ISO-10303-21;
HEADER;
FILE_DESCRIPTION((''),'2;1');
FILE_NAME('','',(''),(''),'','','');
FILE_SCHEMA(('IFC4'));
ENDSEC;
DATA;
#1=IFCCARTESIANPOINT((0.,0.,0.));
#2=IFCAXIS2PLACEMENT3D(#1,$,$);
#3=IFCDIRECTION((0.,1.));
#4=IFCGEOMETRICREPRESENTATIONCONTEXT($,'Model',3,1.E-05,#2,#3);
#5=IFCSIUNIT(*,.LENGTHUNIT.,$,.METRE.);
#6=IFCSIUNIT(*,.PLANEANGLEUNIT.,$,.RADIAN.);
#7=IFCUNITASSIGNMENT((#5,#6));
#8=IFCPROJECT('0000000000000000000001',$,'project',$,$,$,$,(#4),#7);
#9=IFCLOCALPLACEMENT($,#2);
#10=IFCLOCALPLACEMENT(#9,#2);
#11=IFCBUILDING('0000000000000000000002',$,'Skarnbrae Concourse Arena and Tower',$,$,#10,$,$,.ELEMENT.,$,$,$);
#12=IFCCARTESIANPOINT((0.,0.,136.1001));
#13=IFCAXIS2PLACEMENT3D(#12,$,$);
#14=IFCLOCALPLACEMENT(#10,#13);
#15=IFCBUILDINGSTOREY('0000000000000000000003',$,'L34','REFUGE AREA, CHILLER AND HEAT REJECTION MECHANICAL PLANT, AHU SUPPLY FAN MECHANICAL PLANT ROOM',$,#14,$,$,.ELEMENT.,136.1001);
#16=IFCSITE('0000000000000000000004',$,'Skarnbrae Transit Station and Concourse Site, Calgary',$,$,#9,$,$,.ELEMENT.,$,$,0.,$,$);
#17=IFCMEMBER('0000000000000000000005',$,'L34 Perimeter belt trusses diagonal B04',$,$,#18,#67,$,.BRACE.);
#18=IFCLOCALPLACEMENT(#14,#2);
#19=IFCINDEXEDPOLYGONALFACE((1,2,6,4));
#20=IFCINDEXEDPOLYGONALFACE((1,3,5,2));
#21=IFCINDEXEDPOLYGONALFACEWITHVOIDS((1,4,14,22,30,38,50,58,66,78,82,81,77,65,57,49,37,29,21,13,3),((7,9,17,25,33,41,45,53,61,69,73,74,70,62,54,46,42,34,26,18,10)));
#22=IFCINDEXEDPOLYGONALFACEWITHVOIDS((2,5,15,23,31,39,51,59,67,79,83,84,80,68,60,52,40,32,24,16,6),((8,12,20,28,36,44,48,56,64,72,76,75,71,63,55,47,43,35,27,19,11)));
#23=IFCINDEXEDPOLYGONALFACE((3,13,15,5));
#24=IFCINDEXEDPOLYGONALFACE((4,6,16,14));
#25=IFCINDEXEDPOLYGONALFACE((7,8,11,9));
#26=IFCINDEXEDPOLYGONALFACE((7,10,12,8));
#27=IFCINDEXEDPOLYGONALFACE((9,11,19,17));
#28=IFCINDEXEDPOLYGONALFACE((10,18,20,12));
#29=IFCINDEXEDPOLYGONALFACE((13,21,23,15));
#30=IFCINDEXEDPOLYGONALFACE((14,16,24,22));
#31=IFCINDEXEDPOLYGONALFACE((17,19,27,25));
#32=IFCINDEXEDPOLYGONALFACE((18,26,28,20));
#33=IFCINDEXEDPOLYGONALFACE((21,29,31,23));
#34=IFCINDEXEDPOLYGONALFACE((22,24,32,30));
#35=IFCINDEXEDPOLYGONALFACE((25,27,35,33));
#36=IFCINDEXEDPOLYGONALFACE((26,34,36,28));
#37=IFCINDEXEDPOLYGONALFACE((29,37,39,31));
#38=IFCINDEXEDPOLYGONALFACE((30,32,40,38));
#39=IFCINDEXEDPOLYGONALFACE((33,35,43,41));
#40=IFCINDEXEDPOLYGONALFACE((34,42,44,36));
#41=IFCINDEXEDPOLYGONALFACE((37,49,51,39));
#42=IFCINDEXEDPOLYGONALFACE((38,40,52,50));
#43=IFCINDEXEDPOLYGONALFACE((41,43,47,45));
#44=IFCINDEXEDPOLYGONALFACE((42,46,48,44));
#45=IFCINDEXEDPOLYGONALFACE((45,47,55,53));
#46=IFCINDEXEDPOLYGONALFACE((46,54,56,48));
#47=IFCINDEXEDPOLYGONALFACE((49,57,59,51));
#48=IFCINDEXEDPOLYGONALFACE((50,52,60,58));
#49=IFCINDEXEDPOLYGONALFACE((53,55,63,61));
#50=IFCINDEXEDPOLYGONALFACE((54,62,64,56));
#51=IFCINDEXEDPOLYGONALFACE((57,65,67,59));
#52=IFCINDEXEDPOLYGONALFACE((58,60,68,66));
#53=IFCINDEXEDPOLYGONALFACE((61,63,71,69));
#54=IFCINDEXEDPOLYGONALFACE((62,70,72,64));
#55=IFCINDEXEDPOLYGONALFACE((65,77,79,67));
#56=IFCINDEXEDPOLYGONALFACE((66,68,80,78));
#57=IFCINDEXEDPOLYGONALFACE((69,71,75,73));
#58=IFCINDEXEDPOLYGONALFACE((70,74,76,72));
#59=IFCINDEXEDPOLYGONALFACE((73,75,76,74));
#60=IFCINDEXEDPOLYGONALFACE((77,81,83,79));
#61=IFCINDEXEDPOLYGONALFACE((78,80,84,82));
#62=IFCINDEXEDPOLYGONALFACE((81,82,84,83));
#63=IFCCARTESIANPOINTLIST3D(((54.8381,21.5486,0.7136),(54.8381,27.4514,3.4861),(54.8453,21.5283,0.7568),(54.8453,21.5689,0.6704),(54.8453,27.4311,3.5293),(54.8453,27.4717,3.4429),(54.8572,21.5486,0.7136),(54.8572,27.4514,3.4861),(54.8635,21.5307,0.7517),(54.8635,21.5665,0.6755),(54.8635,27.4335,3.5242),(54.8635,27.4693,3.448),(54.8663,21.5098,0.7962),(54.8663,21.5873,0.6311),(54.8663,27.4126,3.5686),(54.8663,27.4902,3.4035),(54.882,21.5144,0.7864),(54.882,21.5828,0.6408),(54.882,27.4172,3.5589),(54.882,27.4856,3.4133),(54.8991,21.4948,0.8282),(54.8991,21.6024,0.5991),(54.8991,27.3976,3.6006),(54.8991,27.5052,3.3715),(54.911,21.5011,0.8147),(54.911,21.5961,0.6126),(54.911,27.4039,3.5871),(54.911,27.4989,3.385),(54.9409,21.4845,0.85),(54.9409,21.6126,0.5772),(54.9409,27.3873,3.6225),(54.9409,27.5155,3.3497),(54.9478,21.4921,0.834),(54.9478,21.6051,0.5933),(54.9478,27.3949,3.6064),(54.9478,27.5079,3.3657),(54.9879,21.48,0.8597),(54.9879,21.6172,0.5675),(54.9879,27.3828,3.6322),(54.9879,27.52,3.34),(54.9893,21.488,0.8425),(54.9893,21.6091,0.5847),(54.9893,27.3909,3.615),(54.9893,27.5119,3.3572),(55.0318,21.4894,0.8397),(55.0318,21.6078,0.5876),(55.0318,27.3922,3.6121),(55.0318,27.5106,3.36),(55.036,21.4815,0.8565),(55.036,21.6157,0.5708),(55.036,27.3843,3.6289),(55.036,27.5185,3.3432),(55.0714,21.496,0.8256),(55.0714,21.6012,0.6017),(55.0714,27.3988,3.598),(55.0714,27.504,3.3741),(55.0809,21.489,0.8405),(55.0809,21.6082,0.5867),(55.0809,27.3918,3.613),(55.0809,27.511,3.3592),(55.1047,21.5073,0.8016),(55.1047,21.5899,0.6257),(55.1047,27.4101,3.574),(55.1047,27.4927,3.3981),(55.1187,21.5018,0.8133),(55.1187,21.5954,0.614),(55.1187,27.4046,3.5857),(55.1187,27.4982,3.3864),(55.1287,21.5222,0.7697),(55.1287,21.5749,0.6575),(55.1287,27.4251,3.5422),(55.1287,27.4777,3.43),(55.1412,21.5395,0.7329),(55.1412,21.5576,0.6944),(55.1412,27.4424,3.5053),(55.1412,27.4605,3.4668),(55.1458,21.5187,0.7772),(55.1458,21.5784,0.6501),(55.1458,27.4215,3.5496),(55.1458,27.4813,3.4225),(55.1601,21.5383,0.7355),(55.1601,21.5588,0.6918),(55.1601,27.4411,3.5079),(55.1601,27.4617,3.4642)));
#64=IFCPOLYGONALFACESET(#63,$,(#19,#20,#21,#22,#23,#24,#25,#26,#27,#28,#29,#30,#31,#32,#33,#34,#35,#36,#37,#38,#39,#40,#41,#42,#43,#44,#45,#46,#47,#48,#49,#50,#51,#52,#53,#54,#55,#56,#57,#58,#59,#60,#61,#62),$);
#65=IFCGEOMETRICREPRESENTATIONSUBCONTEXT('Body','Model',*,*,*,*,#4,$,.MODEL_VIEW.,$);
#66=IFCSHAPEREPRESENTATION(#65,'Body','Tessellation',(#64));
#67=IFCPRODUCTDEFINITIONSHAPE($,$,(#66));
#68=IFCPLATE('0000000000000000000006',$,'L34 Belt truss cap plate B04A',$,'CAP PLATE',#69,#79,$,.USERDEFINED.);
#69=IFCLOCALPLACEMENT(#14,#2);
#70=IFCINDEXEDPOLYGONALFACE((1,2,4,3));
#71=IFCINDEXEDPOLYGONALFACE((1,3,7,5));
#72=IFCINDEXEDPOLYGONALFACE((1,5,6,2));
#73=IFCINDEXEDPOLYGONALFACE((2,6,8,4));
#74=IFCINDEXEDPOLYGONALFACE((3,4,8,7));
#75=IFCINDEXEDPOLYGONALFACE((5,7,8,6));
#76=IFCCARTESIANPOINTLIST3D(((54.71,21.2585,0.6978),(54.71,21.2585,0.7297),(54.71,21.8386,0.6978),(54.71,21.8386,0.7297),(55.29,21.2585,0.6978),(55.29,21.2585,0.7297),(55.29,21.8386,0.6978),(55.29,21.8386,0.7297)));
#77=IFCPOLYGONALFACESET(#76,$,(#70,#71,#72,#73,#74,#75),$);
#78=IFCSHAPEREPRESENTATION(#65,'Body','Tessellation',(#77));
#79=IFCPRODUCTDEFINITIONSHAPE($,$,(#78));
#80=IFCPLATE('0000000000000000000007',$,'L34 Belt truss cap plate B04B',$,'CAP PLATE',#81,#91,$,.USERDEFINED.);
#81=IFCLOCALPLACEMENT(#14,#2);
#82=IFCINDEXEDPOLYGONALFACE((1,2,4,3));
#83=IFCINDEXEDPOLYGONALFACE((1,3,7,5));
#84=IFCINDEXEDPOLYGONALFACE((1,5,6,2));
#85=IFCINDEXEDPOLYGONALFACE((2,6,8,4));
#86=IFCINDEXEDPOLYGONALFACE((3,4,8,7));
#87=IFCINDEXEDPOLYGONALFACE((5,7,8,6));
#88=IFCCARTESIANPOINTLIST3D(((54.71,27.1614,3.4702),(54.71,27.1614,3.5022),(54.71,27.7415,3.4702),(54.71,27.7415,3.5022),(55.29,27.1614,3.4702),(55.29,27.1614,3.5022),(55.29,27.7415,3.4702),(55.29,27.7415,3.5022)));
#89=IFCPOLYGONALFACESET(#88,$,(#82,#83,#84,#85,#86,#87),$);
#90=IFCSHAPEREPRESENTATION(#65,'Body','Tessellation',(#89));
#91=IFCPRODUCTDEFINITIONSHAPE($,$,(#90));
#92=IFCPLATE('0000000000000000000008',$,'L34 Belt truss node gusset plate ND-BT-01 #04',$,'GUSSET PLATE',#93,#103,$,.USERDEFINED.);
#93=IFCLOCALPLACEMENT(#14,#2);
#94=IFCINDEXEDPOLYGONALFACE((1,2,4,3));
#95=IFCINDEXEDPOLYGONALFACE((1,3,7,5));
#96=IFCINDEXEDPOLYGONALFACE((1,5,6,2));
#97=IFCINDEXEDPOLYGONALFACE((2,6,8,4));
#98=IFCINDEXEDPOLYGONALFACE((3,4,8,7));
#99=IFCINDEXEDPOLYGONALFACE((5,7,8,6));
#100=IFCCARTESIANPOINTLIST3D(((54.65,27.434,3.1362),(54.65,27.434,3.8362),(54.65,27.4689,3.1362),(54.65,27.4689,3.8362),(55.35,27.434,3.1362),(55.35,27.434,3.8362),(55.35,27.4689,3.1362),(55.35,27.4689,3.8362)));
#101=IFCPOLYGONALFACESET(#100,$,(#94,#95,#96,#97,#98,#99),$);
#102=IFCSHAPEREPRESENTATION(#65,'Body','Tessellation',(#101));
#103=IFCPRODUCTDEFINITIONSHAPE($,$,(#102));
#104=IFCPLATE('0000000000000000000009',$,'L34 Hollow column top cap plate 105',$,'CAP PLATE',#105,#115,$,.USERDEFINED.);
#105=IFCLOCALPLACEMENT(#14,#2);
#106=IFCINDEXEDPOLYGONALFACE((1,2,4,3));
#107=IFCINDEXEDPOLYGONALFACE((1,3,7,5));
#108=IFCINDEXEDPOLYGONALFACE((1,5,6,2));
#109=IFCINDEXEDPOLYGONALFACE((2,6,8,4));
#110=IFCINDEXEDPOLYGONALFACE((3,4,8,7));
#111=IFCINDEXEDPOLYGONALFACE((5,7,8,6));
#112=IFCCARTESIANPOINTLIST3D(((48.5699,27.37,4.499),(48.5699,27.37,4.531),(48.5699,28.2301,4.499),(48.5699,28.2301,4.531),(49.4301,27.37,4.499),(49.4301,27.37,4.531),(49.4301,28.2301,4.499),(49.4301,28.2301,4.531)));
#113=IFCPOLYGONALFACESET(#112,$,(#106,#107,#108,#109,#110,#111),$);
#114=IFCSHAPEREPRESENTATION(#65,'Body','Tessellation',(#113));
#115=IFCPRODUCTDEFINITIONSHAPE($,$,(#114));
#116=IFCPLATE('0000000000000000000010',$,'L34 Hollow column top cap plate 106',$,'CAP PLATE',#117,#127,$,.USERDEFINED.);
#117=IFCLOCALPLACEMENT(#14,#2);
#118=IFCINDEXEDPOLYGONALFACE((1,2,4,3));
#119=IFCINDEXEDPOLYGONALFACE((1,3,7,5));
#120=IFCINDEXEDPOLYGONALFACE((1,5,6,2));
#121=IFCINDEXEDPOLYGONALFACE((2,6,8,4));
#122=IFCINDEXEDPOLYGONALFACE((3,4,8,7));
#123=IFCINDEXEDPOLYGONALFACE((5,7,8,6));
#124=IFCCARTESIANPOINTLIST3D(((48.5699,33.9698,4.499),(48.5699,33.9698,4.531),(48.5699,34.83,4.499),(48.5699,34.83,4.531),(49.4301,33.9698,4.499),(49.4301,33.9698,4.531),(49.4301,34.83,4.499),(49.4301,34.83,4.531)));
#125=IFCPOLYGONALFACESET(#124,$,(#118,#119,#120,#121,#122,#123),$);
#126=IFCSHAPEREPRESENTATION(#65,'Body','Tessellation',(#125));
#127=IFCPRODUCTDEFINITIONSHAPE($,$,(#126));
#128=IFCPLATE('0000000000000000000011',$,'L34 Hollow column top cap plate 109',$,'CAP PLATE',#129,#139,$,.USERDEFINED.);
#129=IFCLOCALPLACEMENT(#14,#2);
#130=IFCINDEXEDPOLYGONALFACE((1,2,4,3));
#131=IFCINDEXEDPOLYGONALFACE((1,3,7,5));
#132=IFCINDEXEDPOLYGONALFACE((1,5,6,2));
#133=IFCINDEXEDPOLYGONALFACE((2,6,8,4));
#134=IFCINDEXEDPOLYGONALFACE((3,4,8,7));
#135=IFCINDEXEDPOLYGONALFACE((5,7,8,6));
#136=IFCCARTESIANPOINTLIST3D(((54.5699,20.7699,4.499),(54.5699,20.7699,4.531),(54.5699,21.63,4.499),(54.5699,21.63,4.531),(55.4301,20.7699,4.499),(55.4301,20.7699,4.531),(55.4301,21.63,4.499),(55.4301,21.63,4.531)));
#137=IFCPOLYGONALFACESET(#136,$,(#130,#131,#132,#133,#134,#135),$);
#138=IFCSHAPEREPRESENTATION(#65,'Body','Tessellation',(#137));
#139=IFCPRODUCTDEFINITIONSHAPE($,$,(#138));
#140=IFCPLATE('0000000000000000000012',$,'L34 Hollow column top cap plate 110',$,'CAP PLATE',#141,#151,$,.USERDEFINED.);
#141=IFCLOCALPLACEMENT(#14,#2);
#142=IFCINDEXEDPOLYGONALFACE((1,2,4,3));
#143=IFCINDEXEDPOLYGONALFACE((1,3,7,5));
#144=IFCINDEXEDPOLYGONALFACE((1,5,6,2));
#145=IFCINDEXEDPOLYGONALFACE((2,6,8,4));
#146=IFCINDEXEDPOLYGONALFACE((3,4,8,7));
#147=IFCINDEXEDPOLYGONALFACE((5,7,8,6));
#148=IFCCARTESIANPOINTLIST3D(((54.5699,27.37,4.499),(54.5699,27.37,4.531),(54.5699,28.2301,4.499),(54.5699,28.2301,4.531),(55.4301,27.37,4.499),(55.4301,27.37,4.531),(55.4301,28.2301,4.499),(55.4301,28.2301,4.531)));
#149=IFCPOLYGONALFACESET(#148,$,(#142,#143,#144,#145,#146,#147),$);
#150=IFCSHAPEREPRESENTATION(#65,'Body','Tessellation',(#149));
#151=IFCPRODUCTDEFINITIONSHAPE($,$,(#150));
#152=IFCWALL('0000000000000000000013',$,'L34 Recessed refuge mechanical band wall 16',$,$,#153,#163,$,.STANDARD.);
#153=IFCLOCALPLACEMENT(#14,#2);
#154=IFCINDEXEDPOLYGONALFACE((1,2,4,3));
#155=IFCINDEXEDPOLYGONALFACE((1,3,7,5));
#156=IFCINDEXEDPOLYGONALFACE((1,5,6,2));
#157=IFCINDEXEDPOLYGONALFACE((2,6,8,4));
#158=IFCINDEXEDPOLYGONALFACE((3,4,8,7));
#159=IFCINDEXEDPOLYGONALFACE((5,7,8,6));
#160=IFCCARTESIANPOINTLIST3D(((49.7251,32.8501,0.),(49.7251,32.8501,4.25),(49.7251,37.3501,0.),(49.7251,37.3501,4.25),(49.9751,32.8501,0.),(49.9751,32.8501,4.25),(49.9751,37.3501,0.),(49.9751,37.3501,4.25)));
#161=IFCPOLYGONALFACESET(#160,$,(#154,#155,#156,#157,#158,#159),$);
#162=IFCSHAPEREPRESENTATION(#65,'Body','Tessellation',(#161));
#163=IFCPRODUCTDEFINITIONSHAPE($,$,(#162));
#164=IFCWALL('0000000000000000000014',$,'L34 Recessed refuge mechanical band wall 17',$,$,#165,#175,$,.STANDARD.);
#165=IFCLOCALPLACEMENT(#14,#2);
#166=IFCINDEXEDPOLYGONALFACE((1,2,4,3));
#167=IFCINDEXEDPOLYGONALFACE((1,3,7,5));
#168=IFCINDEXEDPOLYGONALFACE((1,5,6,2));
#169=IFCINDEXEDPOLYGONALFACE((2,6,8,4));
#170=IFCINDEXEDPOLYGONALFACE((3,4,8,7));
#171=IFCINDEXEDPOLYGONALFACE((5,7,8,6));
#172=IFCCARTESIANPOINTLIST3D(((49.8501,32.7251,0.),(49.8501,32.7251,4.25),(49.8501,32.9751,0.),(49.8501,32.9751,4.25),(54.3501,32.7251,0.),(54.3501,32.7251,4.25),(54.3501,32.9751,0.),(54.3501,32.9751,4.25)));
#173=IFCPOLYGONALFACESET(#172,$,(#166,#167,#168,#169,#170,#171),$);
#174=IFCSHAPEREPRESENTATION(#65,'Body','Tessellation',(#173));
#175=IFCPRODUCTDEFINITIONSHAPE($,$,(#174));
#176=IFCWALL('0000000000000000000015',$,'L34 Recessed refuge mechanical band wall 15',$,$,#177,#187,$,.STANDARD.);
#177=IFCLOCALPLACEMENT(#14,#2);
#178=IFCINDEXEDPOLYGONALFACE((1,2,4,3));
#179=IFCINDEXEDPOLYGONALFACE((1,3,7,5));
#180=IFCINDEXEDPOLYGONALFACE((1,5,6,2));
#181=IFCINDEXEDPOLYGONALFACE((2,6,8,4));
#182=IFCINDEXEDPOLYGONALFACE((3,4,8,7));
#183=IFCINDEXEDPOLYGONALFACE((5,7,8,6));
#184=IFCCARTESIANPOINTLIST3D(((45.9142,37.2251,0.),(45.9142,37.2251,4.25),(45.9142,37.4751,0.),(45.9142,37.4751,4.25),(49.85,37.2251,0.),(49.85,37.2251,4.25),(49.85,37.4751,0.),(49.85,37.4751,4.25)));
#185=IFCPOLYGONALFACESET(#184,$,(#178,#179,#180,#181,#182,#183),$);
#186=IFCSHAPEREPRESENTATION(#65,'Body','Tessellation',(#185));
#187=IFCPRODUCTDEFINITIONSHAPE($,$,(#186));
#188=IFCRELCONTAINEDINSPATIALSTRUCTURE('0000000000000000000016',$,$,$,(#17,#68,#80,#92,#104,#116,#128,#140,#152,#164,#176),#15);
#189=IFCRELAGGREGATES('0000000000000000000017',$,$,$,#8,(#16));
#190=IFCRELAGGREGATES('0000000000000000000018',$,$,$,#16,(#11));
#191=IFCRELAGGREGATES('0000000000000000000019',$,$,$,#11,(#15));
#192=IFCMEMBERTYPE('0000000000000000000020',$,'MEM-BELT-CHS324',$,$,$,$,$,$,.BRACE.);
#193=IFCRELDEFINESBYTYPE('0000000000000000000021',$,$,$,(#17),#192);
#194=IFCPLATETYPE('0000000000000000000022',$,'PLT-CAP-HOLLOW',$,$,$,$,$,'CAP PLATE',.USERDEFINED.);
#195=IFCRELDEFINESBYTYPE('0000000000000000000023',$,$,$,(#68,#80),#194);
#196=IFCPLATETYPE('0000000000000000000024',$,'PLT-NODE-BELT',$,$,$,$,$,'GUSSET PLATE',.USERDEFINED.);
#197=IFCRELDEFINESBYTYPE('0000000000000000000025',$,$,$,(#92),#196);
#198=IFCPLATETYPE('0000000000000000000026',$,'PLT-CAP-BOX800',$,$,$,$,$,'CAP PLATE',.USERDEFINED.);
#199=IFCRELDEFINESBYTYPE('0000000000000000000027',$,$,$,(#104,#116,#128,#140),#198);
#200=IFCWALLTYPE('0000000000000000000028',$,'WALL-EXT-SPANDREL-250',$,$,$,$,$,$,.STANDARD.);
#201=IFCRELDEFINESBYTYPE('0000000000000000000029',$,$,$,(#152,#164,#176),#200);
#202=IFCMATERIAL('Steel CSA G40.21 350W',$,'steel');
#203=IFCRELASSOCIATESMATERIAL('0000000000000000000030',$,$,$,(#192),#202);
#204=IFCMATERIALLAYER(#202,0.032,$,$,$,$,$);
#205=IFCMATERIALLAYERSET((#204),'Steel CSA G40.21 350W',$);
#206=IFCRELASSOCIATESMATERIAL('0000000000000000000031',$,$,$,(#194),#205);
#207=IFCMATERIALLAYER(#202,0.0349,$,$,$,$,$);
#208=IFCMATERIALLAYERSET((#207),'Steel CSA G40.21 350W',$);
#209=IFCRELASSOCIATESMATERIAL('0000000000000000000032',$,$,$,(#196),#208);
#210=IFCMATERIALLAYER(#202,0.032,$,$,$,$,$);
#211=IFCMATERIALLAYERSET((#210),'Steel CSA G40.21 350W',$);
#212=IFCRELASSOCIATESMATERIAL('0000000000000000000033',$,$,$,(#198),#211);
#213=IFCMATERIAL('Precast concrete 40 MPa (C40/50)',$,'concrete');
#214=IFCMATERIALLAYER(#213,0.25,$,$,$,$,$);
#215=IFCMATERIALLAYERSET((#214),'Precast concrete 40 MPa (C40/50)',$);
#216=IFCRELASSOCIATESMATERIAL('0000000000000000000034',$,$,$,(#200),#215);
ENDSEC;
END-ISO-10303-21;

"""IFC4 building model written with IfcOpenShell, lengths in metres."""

from ifc_helpers import new_model, si_unit, direction, frame, frame_2d, origin, origin_2d, place, context, subcontext, project, spatial, rectangle, hollow_circle, extrude, source, transform, mapped, material, layer, layer_set, material_profile, profile_set, type_object, element, save


model = new_model("IFC4")

# Units and contexts
model_context = context("Model", 3, precision=1e-05, world=origin(), true_north=direction((0.0, 1.0)))
body_context = subcontext(model_context, "Body", "Model", "MODEL_VIEW")
ifc_project = project(units=[si_unit("LENGTHUNIT", "METRE"), si_unit("PLANEANGLEUNIT", "RADIAN")], contexts=[model_context])

# Site, building, storey
site_placement = place(None, origin())
site = spatial("IfcSite", under=ifc_project, at=site_placement, Name="Skarnbrae Transit Station and Concourse Site, Calgary", CompositionType="ELEMENT", RefElevation=0.0)
building_placement = place(site_placement, origin())
building = spatial("IfcBuilding", under=site, at=building_placement, Name="Skarnbrae Concourse Arena and Tower", CompositionType="ELEMENT")
storey_placement = place(building_placement, frame((0.0, 0.0, 136.1001)))
storey = spatial("IfcBuildingStorey", under=building, at=storey_placement, Name="L34", Description="REFUGE AREA, CHILLER AND HEAT REJECTION MECHANICAL PLANT, AHU SUPPLY FAN MECHANICAL PLANT ROOM", CompositionType="ELEMENT", Elevation=136.1001)

# Shared definitions
ifc_material_1 = material(Name="Steel CSA G40.21 350W", Category="steel")

# Member
ifc_material_profile_1 = material_profile(ifc_material_1, hollow_circle(Radius=0.1619, WallThickness=0.019, at=origin_2d()), Name="HSS324X19.0")
ifc_profile_set_1 = profile_set([ifc_material_profile_1], Name="Steel CSA G40.21 350W")
member_type = type_object("IfcMemberType", Name="MEM-BELT-CHS324", PredefinedType="BRACE", material=ifc_profile_set_1)
shared_shape_1 = source(origin(), body_context, "Body", "SweptSolid", [
    extrude(hollow_circle(Radius=0.1619, WallThickness=0.019, at=origin_2d()), origin(), (0.0, 0.0, 1.0), 6.5215),
])
member_placement = place(storey_placement, frame((55.0, 21.5486, 0.7136), z_axis=(0.0, 0.905134, 0.425126), x_axis=(-1.0, 0.0, 0.0)))
element("IfcMember", 1, at=member_placement, inside=storey, type_object=member_type, Name="L34 Perimeter belt trusses diagonal B04", PredefinedType="BRACE", context=body_context, shape_type="MappedRepresentation", body=[
    mapped(shared_shape_1, transform((0.0, 0.0, 0.0))),
])

# Plates
ifc_layer_1 = layer(ifc_material_1, 0.032)
ifc_layer_set_1 = layer_set([ifc_layer_1], Name="Steel CSA G40.21 350W")
plate_type_1 = type_object("IfcPlateType", Name="PLT-CAP-HOLLOW", ElementType="CAP PLATE", PredefinedType="USERDEFINED", material=ifc_layer_set_1)
shared_shape_2 = source(origin(), body_context, "Body", "SweptSolid", [
    extrude(rectangle(XDim=0.5801, YDim=0.5801, at=origin_2d()), origin(), (0.0, 0.0, 1.0), 0.032),
])
for number, where, z_axis, x_axis, name in (
    (2, (55.0, 21.5486, 0.6978), (0.0, 0.0, 1.0), (1.0, 0.0, 0.0), "L34 Belt truss cap plate B04A"),
    (3, (55.0, 27.4514, 3.4702), (0.0, 0.0, 1.0), (1.0, 0.0, 0.0), "L34 Belt truss cap plate B04B"),
):
    element("IfcPlate", number, at=place(storey_placement, frame(where, z_axis=z_axis, x_axis=x_axis)), inside=storey, type_object=plate_type_1, Name=name, ObjectType="CAP PLATE", PredefinedType="USERDEFINED", context=body_context, shape_type="MappedRepresentation", body=[
        mapped(shared_shape_2, transform((0.0, 0.0, 0.0))),
    ])
ifc_layer_2 = layer(ifc_material_1, 0.0349)
ifc_layer_set_2 = layer_set([ifc_layer_2], Name="Steel CSA G40.21 350W")
plate_type_2 = type_object("IfcPlateType", Name="PLT-NODE-BELT", ElementType="GUSSET PLATE", PredefinedType="USERDEFINED", material=ifc_layer_set_2)
shared_shape_3 = source(origin(), body_context, "Body", "SweptSolid", [
    extrude(rectangle(XDim=0.7, YDim=0.0349, at=origin_2d()), origin(), (0.0, 0.0, 1.0), 0.7),
])
plate_placement = place(storey_placement, frame((55.0, 27.4514, 3.1362), z_axis=(0.0, 0.0, 1.0), x_axis=(1.0, 0.0, 0.0)))
element("IfcPlate", 4, at=plate_placement, inside=storey, type_object=plate_type_2, Name="L34 Belt truss node gusset plate ND-BT-01 #04", ObjectType="GUSSET PLATE", PredefinedType="USERDEFINED", context=body_context, shape_type="MappedRepresentation", body=[
    mapped(shared_shape_3, transform((0.0, 0.0, 0.0))),
])
ifc_layer_3 = layer(ifc_material_1, 0.032)
ifc_layer_set_3 = layer_set([ifc_layer_3], Name="Steel CSA G40.21 350W")
plate_type_3 = type_object("IfcPlateType", Name="PLT-CAP-BOX800", ElementType="CAP PLATE", PredefinedType="USERDEFINED", material=ifc_layer_set_3)
shared_shape_4 = source(origin(), body_context, "Body", "SweptSolid", [
    extrude(rectangle(XDim=0.8601, YDim=0.8601, at=origin_2d()), origin(), (0.0, 0.0, 1.0), 0.032),
])
for number, where, z_axis, x_axis, name in (
    (5, (49.0, 27.8, 4.499), (0.0, 0.0, 1.0), (1.0, 0.0, 0.0), "L34 Hollow column top cap plate 105"),
    (6, (49.0, 34.3999, 4.499), (0.0, 0.0, 1.0), (1.0, 0.0, 0.0), "L34 Hollow column top cap plate 106"),
    (7, (55.0, 21.2, 4.499), (0.0, 0.0, 1.0), (1.0, 0.0, 0.0), "L34 Hollow column top cap plate 109"),
    (8, (55.0, 27.8, 4.499), (0.0, 0.0, 1.0), (1.0, 0.0, 0.0), "L34 Hollow column top cap plate 110"),
):
    element("IfcPlate", number, at=place(storey_placement, frame(where, z_axis=z_axis, x_axis=x_axis)), inside=storey, type_object=plate_type_3, Name=name, ObjectType="CAP PLATE", PredefinedType="USERDEFINED", context=body_context, shape_type="MappedRepresentation", body=[
        mapped(shared_shape_4, transform((0.0, 0.0, 0.0))),
    ])

# Walls
ifc_material_2 = material(Name="Precast concrete 40 MPa (C40/50)", Category="concrete")
ifc_layer_4 = layer(ifc_material_2, 0.25)
ifc_layer_set_4 = layer_set([ifc_layer_4], Name="Precast concrete 40 MPa (C40/50)")
wall_type = type_object("IfcWallType", Name="WALL-EXT-SPANDREL-250", PredefinedType="STANDARD", material=ifc_layer_set_4)
shared_shape_5 = source(origin(), body_context, "Body", "SweptSolid", [
    extrude(rectangle(XDim=4.5, YDim=0.25, at=frame_2d((2.25, 0.0))), origin(), (0.0, 0.0, 1.0), 4.25),
])
for number, where, z_axis, x_axis, name in (
    (9, (49.8501, 37.3501, 0.0), (0.0, 0.0, 1.0), (0.0, -1.0, 0.0), "L34 Recessed refuge mechanical band wall 16"),
    (10, (49.8501, 32.8501, 0.0), (0.0, 0.0, 1.0), (1.0, 0.0, 0.0), "L34 Recessed refuge mechanical band wall 17"),
):
    element("IfcWall", number, at=place(storey_placement, frame(where, z_axis=z_axis, x_axis=x_axis)), inside=storey, type_object=wall_type, Name=name, PredefinedType="STANDARD", context=body_context, shape_type="MappedRepresentation", body=[
        mapped(shared_shape_5, transform((0.0, 0.0, 0.0))),
    ])
shared_shape_6 = source(origin(), body_context, "Body", "SweptSolid", [
    extrude(rectangle(XDim=3.9358, YDim=0.25, at=frame_2d((1.9678, 0.0))), origin(), (0.0, 0.0, 1.0), 4.25),
])
wall_1_placement = place(storey_placement, frame((45.9143, 37.3501, 0.0), z_axis=(0.0, 0.0, 1.0), x_axis=(1.0, 0.0, 0.0)))
element("IfcWall", 11, at=wall_1_placement, inside=storey, type_object=wall_type, Name="L34 Recessed refuge mechanical band wall 15", PredefinedType="STANDARD", context=body_context, shape_type="MappedRepresentation", body=[
    mapped(shared_shape_6, transform((0.0, 0.0, 0.0))),
])

save(model, "model.ifc")
